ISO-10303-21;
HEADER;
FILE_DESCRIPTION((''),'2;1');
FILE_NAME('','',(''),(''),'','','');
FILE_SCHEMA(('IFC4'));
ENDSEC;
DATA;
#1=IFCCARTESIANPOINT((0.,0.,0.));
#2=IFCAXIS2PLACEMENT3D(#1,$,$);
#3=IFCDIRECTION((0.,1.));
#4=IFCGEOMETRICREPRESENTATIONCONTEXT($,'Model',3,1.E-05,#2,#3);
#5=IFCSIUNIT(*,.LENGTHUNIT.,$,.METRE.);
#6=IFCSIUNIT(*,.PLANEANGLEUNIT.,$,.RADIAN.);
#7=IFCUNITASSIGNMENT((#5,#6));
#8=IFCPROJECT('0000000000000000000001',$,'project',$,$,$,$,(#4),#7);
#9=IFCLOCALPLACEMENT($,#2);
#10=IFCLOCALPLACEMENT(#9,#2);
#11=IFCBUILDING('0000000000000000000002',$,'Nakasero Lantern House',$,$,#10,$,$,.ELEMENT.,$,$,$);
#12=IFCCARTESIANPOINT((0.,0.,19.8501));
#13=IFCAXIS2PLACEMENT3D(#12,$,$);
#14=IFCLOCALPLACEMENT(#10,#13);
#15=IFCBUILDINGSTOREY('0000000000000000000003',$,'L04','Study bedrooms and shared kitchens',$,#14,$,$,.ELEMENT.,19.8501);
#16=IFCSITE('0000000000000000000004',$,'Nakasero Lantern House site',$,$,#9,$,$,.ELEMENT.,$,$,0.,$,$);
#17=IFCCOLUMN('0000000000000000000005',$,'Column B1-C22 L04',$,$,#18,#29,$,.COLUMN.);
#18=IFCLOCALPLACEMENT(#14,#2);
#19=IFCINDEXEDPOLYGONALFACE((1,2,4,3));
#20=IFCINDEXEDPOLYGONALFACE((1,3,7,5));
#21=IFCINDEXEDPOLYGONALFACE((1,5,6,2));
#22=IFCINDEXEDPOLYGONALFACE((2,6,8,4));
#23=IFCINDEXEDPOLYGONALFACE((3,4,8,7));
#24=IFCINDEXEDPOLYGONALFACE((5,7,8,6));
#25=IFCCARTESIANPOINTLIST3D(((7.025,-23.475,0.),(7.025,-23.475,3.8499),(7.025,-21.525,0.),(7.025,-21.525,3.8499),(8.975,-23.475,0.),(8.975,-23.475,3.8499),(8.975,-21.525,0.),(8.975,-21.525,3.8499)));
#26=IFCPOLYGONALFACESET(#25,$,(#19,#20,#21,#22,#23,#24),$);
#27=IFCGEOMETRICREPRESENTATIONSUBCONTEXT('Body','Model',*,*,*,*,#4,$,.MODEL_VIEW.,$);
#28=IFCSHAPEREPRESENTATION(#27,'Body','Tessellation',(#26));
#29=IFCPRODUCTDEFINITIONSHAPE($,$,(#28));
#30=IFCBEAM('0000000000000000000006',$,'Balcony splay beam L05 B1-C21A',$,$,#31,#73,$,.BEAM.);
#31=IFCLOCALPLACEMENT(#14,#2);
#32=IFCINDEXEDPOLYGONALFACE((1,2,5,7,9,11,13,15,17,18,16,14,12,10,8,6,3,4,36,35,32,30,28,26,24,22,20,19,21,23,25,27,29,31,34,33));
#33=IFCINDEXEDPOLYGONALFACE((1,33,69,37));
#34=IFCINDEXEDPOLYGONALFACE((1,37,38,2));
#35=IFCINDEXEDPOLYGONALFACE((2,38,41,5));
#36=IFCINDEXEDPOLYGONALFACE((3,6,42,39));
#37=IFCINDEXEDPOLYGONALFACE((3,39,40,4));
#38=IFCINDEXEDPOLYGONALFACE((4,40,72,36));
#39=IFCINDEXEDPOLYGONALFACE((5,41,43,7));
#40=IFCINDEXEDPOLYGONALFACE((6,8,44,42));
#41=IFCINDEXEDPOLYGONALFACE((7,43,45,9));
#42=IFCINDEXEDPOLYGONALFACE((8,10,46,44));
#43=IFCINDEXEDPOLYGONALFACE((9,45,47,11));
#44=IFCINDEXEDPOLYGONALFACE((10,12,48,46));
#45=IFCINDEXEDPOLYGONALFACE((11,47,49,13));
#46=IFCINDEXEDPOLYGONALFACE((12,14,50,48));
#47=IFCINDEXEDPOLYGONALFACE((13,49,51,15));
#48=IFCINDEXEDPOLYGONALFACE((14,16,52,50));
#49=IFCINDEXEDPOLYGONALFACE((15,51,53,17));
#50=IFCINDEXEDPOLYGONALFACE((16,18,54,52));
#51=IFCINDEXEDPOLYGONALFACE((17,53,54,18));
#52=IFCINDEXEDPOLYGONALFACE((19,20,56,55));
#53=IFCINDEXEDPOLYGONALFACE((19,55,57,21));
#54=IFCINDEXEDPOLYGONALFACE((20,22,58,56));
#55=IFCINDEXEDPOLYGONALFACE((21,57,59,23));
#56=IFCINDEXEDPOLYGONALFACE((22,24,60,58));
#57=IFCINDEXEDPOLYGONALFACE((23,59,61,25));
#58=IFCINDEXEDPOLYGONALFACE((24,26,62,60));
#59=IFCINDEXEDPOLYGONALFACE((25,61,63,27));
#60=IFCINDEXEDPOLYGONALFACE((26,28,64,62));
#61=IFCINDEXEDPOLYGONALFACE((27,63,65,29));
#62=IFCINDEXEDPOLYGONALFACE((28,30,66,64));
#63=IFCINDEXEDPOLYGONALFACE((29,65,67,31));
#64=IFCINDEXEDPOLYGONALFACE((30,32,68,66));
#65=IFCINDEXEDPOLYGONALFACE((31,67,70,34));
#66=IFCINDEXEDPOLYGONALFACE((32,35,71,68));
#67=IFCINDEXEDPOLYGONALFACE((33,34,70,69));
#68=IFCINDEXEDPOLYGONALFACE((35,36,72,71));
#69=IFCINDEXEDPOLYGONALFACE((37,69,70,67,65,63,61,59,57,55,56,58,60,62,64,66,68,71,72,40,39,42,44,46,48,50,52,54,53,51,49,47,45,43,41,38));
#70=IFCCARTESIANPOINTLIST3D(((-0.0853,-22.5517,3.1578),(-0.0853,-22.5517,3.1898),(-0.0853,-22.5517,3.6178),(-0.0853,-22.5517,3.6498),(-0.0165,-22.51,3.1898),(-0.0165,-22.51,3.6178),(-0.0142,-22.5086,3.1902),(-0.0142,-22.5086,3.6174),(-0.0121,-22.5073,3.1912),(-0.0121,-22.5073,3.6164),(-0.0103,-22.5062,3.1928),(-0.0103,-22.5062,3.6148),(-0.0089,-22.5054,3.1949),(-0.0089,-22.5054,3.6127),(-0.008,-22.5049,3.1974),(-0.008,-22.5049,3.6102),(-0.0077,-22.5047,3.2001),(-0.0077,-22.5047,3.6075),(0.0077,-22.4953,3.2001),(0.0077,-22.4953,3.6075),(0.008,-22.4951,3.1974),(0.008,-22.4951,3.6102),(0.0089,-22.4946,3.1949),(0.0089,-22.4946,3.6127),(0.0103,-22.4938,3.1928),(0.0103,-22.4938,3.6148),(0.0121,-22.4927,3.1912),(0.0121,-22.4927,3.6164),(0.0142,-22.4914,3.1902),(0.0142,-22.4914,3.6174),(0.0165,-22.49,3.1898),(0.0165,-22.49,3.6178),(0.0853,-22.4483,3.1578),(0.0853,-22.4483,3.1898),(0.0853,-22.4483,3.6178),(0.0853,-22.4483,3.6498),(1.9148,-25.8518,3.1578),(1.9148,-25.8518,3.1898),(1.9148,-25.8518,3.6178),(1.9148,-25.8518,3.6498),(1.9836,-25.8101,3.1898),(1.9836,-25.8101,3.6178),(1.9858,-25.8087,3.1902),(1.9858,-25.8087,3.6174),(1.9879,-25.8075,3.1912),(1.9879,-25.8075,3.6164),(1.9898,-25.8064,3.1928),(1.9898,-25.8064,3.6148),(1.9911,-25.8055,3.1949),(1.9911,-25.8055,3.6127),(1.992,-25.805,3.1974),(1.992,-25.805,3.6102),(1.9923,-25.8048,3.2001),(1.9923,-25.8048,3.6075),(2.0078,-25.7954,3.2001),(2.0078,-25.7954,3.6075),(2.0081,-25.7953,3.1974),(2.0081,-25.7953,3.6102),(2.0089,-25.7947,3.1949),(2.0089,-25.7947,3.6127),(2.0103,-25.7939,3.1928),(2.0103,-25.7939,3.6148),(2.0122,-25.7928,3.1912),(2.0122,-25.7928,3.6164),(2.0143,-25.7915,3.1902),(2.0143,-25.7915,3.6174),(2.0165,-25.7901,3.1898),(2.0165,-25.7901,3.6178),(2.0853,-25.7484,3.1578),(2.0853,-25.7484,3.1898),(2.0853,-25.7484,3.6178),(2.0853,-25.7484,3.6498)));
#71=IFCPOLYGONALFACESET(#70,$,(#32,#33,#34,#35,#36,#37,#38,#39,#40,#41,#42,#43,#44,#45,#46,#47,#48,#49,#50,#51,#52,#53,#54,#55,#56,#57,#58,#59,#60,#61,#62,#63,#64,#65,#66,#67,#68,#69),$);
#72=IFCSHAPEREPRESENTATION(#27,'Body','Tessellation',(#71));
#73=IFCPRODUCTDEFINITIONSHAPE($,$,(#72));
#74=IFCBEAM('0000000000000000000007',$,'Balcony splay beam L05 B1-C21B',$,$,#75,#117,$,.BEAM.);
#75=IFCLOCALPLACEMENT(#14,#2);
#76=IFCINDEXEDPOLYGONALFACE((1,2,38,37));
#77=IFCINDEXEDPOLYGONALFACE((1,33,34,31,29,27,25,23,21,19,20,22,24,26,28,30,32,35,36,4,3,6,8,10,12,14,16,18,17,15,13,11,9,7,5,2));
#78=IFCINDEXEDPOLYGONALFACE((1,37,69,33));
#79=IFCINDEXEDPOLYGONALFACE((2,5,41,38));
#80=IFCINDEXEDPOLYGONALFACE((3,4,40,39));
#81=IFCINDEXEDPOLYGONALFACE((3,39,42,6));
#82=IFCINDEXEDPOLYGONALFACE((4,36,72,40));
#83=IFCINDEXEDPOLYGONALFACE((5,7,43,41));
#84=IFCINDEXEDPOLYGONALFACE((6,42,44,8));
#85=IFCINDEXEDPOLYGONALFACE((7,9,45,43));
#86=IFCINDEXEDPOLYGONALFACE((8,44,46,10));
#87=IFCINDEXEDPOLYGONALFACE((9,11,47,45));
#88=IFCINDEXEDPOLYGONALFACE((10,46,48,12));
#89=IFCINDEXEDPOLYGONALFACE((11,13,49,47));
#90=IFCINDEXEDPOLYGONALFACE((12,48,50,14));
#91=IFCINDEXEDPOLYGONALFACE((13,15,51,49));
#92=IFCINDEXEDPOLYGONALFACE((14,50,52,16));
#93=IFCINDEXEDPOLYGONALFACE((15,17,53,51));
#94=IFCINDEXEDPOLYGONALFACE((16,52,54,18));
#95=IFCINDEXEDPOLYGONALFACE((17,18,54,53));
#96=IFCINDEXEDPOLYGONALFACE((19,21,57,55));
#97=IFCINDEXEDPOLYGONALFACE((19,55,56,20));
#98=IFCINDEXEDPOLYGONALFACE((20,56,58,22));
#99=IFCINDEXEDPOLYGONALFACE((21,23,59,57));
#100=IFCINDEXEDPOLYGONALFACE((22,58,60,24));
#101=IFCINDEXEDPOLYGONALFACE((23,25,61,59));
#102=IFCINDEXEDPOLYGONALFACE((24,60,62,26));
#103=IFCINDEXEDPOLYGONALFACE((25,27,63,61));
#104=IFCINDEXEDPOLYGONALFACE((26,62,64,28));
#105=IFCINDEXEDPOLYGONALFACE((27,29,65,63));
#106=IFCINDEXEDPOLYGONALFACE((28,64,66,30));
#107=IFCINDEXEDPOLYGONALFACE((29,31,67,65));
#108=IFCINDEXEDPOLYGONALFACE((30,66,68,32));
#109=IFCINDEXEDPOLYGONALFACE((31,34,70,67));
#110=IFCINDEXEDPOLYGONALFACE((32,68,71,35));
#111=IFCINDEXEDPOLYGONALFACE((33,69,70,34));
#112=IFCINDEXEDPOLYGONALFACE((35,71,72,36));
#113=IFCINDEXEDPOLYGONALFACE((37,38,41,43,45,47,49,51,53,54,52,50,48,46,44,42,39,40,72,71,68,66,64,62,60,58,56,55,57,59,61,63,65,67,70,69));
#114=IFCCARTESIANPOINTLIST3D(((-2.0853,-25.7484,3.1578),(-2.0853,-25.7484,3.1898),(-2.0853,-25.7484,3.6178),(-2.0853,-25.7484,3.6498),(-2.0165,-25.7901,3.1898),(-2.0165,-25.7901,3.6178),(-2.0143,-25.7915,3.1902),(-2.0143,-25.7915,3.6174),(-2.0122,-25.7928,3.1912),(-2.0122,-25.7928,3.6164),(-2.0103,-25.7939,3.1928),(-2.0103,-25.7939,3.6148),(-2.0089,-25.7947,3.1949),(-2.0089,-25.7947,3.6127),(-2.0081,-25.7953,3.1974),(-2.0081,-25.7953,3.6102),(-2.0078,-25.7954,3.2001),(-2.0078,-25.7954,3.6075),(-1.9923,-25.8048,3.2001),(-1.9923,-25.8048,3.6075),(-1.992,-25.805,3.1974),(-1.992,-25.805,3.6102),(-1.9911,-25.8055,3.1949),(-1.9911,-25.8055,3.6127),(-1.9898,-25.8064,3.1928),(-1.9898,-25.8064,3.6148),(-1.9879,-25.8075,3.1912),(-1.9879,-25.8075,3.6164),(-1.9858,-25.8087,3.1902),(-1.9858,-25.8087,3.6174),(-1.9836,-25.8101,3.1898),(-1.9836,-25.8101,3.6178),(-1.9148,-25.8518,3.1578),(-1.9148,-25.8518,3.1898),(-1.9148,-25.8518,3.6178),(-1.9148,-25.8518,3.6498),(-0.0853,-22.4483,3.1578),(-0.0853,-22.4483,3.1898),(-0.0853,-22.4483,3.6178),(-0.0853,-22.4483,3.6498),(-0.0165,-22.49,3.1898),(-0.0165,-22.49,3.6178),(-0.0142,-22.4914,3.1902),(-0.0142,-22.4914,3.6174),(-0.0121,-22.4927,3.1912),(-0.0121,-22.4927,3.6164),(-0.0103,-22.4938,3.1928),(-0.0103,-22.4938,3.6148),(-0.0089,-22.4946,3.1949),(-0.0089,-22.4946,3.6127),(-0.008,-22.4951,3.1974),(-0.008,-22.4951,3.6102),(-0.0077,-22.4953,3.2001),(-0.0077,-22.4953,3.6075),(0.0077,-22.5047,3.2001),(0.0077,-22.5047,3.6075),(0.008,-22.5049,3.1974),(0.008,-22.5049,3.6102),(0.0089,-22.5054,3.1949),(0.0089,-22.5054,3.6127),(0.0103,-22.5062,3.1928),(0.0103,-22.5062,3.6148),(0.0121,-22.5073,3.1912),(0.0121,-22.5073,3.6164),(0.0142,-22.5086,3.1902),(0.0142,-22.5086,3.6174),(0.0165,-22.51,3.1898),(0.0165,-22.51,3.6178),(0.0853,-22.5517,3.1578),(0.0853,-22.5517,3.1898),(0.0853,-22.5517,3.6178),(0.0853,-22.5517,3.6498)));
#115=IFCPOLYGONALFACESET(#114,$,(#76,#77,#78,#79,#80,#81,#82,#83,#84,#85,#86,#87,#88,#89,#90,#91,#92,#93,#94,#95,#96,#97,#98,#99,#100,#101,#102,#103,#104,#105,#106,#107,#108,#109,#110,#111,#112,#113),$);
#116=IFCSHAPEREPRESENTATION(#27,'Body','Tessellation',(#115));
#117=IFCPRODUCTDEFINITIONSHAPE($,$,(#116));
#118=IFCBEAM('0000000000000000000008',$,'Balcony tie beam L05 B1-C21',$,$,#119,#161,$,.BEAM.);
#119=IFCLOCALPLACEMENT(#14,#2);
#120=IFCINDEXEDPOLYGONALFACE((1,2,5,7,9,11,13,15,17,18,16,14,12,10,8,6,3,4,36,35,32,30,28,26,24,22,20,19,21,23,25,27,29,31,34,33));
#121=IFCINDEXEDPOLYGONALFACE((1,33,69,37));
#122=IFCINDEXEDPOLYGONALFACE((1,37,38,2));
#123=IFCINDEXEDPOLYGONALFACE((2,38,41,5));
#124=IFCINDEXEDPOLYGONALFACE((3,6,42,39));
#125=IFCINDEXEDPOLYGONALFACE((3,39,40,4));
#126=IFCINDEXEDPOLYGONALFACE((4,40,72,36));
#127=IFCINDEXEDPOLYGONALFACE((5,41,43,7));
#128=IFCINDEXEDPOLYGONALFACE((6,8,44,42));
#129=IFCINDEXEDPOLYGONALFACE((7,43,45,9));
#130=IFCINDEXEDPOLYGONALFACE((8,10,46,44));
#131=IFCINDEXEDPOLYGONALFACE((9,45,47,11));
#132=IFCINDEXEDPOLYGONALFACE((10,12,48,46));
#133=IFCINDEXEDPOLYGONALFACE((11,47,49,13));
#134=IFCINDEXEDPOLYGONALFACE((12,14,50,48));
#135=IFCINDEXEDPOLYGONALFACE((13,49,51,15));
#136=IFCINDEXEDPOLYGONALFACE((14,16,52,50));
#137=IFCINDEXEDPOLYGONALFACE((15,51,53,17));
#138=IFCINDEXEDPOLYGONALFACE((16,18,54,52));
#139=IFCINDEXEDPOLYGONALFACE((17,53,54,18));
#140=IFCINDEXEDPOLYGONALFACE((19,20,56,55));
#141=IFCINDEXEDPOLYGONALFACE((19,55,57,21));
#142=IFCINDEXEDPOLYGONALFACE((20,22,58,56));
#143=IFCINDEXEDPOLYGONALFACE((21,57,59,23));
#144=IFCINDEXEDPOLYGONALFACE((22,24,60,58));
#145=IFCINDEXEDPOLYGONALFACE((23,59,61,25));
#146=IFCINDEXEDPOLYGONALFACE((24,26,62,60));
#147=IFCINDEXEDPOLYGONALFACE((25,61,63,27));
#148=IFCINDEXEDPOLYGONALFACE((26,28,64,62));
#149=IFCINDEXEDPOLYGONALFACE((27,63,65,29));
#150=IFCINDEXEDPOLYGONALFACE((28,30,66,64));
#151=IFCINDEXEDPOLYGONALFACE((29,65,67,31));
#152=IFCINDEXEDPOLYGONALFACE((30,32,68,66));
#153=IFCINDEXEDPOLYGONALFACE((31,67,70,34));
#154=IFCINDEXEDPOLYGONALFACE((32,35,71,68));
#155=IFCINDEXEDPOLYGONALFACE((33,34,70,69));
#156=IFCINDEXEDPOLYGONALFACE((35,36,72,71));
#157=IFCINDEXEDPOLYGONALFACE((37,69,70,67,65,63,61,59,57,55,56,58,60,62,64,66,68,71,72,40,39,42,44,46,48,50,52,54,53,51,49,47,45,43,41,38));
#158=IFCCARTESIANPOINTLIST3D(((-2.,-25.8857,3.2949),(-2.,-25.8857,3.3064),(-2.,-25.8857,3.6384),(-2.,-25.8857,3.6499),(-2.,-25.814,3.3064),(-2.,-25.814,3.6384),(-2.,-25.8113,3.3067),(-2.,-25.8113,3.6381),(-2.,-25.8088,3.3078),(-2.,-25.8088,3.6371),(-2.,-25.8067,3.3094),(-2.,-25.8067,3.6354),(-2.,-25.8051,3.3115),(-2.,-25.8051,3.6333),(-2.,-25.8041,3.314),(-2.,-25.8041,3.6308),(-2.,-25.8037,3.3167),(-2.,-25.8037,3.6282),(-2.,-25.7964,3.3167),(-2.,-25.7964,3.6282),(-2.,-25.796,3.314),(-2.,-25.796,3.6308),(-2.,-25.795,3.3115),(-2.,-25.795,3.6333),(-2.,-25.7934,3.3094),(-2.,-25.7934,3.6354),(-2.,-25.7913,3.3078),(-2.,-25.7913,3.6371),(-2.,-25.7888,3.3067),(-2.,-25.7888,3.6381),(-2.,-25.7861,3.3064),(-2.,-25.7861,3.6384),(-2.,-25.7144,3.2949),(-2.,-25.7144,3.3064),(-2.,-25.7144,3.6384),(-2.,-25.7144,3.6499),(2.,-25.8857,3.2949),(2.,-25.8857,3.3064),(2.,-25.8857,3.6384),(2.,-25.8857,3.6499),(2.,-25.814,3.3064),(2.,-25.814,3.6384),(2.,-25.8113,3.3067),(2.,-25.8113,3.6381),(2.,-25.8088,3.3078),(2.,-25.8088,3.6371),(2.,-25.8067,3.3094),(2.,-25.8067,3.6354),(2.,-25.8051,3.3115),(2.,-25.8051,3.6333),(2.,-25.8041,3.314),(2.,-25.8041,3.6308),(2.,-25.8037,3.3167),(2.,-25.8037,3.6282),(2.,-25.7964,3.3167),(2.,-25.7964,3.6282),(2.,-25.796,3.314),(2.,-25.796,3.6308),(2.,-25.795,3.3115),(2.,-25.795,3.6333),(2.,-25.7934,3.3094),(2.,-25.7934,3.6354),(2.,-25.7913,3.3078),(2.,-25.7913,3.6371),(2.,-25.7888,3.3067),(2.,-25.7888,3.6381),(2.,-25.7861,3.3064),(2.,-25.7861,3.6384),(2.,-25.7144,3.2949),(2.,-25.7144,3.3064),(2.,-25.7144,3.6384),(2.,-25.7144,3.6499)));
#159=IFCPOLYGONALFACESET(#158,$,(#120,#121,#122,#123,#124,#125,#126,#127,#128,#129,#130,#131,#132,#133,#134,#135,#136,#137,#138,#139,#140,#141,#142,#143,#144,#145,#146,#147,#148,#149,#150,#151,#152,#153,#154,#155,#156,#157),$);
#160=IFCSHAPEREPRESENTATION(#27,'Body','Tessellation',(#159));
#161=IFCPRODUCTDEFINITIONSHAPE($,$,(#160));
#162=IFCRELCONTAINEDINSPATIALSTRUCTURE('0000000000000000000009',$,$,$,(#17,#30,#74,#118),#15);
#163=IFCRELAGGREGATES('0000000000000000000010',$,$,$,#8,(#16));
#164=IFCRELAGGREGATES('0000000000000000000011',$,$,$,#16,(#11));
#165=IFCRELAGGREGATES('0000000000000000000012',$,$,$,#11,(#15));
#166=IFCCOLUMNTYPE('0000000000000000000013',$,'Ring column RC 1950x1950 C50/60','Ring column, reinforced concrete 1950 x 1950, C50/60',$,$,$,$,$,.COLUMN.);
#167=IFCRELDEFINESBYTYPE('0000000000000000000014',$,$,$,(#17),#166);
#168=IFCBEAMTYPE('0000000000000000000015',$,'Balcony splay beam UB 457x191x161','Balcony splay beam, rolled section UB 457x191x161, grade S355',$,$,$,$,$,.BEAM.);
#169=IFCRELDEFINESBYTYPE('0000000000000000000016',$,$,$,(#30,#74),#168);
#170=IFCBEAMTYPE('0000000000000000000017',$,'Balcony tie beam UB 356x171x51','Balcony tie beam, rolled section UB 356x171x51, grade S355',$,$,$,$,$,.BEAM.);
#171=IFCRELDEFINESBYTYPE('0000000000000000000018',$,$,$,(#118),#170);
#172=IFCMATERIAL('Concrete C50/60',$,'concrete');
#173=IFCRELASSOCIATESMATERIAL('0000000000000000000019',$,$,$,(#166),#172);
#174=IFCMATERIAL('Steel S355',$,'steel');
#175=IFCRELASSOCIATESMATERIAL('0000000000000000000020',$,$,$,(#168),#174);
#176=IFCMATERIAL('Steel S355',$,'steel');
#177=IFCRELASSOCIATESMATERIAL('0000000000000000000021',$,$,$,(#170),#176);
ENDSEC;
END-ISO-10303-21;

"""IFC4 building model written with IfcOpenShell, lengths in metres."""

from ifc_helpers import new_model, si_unit, direction, frame, origin, origin_2d, place, context, subcontext, project, spatial, rectangle, i_section, extrude, material, material_profile, profile_set, type_object, element, save


model = new_model("IFC4")

# Units and contexts
model_context = context("Model", 3, precision=1e-05, world=origin(), true_north=direction((0.0, 1.0)))
body_context = subcontext(model_context, "Body", "Model", "MODEL_VIEW")
ifc_project = project(units=[si_unit("LENGTHUNIT", "METRE"), si_unit("PLANEANGLEUNIT", "RADIAN")], contexts=[model_context])

# Site, building, storey
site_placement = place(None, origin())
site = spatial("IfcSite", under=ifc_project, at=site_placement, Name="Nakasero Lantern House site", CompositionType="ELEMENT", RefElevation=0.0)
building_placement = place(site_placement, origin())
building = spatial("IfcBuilding", under=site, at=building_placement, Name="Nakasero Lantern House", CompositionType="ELEMENT")
storey_placement = place(building_placement, frame((0.0, 0.0, 19.8501)))
storey = spatial("IfcBuildingStorey", under=building, at=storey_placement, Name="L04", Description="Study bedrooms and shared kitchens", CompositionType="ELEMENT", Elevation=19.8501)

# Column
ifc_material_1 = material(Name="Concrete C50/60", Category="concrete")
ifc_material_profile_1 = material_profile(ifc_material_1, rectangle(XDim=1.95, YDim=1.95, at=origin_2d()), Name="RC 1950x1950")
ifc_profile_set_1 = profile_set([ifc_material_profile_1], Name="Concrete C50/60")
column_type = type_object("IfcColumnType", Name="Ring column RC 1950x1950 C50/60", Description="Ring column, reinforced concrete 1950 x 1950, C50/60", PredefinedType="COLUMN", material=ifc_profile_set_1)
column_placement = place(storey_placement, frame((8.0, -22.5, 0.0), z_axis=(0.0, 0.0, 1.0), x_axis=(1.0, 0.0, 0.0)))
element("IfcColumn", 1, at=column_placement, inside=storey, type_object=column_type, Name="Column B1-C22 L04", PredefinedType="COLUMN", context=body_context, shape_type="SweptSolid", body=[
    extrude(rectangle(XDim=1.95, YDim=1.95, at=origin_2d()), origin(), (0.0, 0.0, 1.0), 3.8499),
])

# Beams
ifc_material_2 = material(Name="Steel S355", Category="steel")
ifc_material_profile_2 = material_profile(ifc_material_2, i_section(OverallWidth=0.1995, OverallDepth=0.4919, WebThickness=0.0181, FlangeThickness=0.032, FilletRadius=0.0103, at=origin_2d()), Name="UB 457x191x161")
ifc_profile_set_2 = profile_set([ifc_material_profile_2], Name="Steel S355")
beam_type_1 = type_object("IfcBeamType", Name="Balcony splay beam UB 457x191x161", Description="Balcony splay beam, rolled section UB 457x191x161, grade S355", PredefinedType="BEAM", material=ifc_profile_set_2)
for number, where, z_axis, x_axis, name in (
    (2, (0.0, -22.5, 3.4038), (0.518296, -0.855201, 0.0), (0.855201, 0.518296, 0.0), "Balcony splay beam L05 B1-C21A"),
    (3, (0.0, -22.5, 3.4038), (-0.518296, -0.855201, 0.0), (0.855201, -0.518296, 0.0), "Balcony splay beam L05 B1-C21B"),
):
    element("IfcBeam", number, at=place(storey_placement, frame(where, z_axis=z_axis, x_axis=x_axis)), inside=storey, type_object=beam_type_1, Name=name, PredefinedType="BEAM", context=body_context, shape_type="SweptSolid", body=[
        extrude(i_section(OverallWidth=0.1995, OverallDepth=0.4919, WebThickness=0.0181, FlangeThickness=0.032, FilletRadius=0.0103, at=origin_2d()), origin(), (0.0, 0.0, 1.0), 3.8589),
    ])
ifc_material_3 = material(Name="Steel S355", Category="steel")
ifc_material_profile_3 = material_profile(ifc_material_3, i_section(OverallWidth=0.1714, OverallDepth=0.355, WebThickness=0.0073, FlangeThickness=0.0115, FilletRadius=0.0103, at=origin_2d()), Name="UB 356x171x51")
ifc_profile_set_3 = profile_set([ifc_material_profile_3], Name="Steel S355")
beam_type_2 = type_object("IfcBeamType", Name="Balcony tie beam UB 356x171x51", Description="Balcony tie beam, rolled section UB 356x171x51, grade S355", PredefinedType="BEAM", material=ifc_profile_set_3)
beam_1_placement = place(storey_placement, frame((2.0, -25.8, 3.4724), z_axis=(-1.0, 0.0, 0.0), x_axis=(0.0, -1.0, 0.0)))
element("IfcBeam", 4, at=beam_1_placement, inside=storey, type_object=beam_type_2, Name="Balcony tie beam L05 B1-C21", PredefinedType="BEAM", context=body_context, shape_type="SweptSolid", body=[
    extrude(i_section(OverallWidth=0.1714, OverallDepth=0.355, WebThickness=0.0073, FlangeThickness=0.0115, FilletRadius=0.0103, at=origin_2d()), origin(), (0.0, 0.0, 1.0), 4.0),
])

save(model, "model.ifc")
